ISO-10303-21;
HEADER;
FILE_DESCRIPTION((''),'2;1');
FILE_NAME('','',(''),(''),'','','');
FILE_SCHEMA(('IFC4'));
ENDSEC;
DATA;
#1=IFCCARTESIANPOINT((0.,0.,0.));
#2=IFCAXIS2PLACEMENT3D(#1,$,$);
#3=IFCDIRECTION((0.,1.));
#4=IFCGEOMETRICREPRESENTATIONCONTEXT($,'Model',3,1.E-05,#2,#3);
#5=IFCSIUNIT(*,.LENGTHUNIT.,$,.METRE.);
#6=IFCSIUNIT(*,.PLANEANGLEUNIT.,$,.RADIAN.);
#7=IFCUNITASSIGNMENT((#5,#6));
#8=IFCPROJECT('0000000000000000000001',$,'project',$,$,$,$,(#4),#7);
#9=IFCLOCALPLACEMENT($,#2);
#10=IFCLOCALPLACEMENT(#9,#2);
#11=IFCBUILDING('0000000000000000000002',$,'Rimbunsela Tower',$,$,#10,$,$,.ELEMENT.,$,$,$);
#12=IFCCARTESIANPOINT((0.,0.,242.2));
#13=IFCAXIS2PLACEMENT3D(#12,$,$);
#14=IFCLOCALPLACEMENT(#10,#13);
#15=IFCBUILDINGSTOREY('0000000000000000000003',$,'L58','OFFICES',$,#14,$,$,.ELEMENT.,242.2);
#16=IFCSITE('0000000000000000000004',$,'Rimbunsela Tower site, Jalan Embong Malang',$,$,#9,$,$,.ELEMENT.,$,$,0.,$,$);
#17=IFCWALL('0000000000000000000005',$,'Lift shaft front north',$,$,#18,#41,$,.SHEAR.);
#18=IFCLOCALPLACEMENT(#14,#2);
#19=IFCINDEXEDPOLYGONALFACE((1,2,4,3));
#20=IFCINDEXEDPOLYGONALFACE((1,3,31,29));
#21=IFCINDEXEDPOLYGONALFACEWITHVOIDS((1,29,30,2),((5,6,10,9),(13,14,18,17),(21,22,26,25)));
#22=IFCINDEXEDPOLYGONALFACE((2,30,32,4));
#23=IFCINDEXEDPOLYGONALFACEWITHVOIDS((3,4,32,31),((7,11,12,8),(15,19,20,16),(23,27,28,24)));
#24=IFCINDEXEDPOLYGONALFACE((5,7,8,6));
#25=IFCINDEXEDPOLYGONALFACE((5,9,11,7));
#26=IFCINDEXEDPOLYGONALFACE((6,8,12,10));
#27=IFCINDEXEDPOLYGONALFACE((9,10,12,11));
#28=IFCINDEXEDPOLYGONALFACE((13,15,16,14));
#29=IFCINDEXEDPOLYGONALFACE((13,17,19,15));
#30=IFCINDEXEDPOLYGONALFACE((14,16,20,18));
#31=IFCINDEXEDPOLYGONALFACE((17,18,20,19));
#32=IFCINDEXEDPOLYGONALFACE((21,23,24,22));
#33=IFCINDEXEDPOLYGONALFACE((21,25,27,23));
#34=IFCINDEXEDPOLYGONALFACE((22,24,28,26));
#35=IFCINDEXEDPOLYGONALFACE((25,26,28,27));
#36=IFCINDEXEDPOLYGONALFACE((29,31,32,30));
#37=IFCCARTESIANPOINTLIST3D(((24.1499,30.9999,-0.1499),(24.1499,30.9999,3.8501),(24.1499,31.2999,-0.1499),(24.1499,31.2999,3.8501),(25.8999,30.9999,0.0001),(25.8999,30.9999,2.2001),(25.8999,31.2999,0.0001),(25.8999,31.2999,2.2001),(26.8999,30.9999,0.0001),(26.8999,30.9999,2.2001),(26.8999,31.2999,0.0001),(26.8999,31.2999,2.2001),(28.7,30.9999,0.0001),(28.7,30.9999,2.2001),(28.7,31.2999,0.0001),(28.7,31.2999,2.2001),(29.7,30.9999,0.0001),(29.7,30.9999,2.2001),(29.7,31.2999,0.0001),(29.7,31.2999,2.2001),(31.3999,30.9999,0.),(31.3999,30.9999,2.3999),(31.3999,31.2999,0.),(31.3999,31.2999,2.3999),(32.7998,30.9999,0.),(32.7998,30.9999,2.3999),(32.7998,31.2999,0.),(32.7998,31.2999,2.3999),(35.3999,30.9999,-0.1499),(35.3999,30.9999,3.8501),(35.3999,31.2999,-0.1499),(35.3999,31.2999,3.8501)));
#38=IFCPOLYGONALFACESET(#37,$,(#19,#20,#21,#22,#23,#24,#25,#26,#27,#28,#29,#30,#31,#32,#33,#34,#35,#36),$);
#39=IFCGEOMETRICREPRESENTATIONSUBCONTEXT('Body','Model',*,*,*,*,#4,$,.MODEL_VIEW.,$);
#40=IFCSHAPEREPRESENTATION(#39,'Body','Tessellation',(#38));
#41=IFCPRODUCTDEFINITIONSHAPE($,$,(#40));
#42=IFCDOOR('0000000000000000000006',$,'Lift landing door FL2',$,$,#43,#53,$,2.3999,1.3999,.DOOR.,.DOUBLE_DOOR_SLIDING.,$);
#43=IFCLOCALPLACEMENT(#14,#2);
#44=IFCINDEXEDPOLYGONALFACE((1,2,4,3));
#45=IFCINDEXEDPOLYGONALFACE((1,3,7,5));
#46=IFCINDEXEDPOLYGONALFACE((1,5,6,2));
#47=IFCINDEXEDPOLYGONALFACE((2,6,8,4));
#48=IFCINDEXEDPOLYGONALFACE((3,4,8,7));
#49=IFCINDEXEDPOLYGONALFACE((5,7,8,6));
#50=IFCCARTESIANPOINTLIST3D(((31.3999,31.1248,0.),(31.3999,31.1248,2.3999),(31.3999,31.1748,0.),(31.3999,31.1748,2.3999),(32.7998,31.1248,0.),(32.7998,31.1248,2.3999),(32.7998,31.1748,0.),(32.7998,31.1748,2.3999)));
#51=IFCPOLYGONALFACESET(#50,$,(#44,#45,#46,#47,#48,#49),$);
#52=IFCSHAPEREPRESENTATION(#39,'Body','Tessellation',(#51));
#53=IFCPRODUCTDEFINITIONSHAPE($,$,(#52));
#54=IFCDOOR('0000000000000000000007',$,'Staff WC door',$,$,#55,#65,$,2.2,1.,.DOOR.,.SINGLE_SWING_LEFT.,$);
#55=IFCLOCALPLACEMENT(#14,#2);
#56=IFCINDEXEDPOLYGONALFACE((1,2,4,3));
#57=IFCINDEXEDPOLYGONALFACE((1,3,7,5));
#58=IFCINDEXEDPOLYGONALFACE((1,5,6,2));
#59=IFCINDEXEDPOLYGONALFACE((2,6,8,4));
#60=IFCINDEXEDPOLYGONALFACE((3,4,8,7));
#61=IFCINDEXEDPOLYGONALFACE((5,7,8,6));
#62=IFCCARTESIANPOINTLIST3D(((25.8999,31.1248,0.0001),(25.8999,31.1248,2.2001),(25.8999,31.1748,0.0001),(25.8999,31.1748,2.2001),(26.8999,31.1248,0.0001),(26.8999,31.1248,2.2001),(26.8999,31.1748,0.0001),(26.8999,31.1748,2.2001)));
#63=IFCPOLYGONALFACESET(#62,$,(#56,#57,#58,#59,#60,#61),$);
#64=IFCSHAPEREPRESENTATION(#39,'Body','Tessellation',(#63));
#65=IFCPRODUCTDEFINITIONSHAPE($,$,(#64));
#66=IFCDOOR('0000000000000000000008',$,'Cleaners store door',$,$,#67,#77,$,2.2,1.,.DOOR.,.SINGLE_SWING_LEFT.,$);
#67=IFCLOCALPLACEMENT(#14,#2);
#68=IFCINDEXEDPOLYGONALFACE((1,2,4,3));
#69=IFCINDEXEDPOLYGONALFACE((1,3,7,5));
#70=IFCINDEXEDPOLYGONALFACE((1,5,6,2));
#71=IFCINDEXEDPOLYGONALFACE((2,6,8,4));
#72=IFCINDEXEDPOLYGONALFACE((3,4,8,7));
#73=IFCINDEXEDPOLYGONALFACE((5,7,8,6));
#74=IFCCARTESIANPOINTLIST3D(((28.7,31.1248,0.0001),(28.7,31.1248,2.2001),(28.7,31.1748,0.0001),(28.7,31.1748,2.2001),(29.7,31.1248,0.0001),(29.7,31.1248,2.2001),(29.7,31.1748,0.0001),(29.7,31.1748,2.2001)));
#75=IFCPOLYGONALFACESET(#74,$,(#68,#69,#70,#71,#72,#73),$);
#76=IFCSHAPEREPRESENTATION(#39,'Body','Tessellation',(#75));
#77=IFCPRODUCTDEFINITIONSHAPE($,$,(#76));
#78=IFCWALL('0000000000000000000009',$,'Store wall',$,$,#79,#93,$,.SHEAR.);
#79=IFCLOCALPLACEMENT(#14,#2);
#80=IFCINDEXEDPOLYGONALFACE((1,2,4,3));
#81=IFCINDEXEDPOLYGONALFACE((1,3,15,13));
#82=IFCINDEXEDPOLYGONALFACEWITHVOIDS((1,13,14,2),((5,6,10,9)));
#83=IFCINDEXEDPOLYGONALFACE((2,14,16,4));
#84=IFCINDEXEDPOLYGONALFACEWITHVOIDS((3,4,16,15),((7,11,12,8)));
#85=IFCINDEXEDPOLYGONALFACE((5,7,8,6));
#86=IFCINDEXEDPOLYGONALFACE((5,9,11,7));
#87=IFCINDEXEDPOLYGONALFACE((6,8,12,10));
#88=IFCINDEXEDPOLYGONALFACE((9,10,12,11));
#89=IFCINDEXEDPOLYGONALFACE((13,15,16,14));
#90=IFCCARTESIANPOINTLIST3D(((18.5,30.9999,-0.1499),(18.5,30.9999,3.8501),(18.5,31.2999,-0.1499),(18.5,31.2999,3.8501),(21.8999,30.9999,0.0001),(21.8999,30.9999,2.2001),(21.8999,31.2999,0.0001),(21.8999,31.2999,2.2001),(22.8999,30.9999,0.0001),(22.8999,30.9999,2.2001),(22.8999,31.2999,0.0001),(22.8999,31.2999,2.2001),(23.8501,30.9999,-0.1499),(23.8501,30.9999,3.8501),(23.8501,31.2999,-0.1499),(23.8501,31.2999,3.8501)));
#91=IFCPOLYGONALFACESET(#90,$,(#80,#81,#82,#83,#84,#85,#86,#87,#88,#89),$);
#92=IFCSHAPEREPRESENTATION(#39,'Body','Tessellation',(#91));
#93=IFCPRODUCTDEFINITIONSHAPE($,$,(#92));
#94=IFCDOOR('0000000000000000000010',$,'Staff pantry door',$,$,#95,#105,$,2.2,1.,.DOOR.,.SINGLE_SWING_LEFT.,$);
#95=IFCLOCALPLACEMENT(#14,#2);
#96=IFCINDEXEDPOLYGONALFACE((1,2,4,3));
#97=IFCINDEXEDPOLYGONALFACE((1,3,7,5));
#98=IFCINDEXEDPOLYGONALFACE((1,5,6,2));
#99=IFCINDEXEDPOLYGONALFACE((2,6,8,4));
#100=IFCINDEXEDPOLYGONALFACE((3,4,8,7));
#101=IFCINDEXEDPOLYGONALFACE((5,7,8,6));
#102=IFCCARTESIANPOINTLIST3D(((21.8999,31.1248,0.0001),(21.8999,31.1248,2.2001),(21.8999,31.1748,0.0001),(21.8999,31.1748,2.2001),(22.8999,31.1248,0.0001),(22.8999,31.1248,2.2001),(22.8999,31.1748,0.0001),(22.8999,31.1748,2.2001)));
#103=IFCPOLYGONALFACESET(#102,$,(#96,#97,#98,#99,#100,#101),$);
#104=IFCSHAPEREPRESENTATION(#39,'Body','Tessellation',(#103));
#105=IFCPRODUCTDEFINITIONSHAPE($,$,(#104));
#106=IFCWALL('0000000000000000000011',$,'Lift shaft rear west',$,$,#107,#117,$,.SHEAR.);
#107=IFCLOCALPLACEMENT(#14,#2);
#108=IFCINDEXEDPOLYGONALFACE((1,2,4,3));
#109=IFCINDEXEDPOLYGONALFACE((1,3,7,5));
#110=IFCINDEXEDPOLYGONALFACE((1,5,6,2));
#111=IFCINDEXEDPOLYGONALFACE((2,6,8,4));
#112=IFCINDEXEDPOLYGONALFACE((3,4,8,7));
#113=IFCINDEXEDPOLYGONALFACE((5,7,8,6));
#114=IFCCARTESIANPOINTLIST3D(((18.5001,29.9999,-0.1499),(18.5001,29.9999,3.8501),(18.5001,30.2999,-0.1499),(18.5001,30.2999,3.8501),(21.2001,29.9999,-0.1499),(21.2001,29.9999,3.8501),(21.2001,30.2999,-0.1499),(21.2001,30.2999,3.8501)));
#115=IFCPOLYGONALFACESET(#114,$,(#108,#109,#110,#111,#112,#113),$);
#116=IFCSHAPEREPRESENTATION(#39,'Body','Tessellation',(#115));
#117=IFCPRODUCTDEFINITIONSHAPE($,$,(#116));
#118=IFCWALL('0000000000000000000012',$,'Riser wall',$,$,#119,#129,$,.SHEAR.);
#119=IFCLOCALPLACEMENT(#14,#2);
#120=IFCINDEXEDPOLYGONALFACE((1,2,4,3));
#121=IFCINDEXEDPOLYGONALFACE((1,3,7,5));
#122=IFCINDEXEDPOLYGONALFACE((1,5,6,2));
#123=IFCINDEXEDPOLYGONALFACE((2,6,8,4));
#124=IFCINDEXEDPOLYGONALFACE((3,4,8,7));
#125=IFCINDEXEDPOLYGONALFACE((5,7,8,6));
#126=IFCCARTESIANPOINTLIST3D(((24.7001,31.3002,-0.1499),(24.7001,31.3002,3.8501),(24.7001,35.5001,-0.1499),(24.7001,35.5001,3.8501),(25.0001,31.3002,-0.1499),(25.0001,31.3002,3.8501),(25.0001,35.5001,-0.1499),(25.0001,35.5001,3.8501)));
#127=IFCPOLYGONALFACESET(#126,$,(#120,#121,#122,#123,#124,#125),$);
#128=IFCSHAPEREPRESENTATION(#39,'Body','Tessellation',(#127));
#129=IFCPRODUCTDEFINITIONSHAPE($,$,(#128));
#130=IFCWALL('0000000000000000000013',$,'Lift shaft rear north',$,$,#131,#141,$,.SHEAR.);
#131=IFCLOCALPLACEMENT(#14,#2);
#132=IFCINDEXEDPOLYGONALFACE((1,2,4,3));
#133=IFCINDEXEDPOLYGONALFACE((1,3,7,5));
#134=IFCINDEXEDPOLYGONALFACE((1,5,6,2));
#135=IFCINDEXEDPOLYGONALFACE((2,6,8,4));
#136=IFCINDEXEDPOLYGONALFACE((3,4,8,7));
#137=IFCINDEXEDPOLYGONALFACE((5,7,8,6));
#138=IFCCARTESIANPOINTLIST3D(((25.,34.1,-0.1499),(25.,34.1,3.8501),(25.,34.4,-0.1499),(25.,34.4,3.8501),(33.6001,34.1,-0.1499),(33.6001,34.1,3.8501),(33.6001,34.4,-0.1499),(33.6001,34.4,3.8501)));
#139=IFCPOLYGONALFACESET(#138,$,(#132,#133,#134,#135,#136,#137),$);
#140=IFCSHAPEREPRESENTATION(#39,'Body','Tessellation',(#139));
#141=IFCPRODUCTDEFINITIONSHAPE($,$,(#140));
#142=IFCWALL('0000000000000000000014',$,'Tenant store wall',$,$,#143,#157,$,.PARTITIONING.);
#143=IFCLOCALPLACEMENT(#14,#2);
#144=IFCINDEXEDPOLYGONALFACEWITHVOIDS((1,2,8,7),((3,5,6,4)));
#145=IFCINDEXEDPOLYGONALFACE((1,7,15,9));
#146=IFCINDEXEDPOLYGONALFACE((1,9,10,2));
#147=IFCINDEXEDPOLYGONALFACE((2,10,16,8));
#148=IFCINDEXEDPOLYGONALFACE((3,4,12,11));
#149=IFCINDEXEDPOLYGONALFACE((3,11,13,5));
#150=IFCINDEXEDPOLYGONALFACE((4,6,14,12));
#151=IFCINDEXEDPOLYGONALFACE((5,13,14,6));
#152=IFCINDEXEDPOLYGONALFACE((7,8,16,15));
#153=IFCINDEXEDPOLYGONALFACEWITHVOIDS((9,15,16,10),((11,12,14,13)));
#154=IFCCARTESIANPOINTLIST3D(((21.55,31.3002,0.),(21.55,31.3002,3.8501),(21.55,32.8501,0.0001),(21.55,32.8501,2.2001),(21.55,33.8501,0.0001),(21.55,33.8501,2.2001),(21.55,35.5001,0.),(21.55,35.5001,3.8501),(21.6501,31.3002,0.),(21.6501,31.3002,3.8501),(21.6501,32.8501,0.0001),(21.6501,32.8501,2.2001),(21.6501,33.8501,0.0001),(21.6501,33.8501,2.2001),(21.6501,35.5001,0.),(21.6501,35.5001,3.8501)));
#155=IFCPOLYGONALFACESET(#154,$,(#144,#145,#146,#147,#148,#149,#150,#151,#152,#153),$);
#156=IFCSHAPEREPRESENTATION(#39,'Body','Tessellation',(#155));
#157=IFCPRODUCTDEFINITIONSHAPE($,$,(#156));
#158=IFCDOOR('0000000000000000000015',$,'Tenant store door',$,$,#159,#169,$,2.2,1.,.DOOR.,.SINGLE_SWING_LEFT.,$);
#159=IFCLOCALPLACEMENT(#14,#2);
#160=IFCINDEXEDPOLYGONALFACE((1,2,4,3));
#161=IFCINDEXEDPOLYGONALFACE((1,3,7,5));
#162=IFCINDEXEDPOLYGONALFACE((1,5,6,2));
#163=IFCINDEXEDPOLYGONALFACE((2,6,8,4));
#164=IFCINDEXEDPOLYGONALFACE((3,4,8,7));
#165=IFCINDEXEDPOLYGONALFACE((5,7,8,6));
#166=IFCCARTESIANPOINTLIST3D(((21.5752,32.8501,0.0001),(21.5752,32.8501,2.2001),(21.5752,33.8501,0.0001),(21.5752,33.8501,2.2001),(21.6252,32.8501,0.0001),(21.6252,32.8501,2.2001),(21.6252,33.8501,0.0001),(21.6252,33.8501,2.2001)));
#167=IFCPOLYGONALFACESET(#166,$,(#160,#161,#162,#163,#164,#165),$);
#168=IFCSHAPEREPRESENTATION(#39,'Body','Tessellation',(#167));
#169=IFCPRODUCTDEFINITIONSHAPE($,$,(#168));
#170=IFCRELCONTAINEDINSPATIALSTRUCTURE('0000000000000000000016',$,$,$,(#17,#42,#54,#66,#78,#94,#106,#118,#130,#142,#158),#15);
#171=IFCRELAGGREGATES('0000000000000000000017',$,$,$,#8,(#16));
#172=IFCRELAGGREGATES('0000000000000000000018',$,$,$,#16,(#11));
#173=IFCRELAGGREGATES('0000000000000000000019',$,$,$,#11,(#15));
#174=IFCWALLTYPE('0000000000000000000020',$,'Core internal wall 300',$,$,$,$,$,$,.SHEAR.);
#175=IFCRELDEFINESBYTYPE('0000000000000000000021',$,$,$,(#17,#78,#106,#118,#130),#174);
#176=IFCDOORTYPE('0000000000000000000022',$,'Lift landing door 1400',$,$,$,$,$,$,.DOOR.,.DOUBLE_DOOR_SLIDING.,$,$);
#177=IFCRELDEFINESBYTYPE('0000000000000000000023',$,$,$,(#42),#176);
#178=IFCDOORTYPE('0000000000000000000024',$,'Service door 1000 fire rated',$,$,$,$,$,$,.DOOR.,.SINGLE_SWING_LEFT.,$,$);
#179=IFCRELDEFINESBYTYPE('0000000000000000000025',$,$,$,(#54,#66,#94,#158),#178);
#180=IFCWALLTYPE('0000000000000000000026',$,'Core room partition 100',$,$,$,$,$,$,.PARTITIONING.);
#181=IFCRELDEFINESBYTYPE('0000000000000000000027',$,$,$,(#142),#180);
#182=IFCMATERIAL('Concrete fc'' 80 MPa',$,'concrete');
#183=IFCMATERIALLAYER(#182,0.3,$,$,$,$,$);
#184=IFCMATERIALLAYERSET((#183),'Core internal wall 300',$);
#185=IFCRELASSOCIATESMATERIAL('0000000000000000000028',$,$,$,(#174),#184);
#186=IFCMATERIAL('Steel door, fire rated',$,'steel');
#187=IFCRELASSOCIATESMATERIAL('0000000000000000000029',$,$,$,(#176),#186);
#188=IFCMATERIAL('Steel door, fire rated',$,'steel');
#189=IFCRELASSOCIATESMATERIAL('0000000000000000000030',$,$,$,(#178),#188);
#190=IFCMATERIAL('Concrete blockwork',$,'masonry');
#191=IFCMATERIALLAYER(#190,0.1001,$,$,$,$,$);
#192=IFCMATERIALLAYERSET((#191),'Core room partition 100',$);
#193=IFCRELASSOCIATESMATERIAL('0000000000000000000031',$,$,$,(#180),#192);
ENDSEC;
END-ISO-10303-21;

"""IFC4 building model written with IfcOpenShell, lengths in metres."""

from ifc_helpers import new_model, si_unit, direction, frame, frame_2d, origin, place, context, subcontext, project, spatial, rectangle, extrude, material, layer, layer_set, type_object, element, fill, save


model = new_model("IFC4")

# Units and contexts
model_context = context("Model", 3, precision=1e-05, world=origin(), true_north=direction((0.0, 1.0)))
body_context = subcontext(model_context, "Body", "Model", "MODEL_VIEW")
ifc_project = project(units=[si_unit("LENGTHUNIT", "METRE"), si_unit("PLANEANGLEUNIT", "RADIAN")], contexts=[model_context])

# Site, building, storey
site_placement = place(None, origin())
site = spatial("IfcSite", under=ifc_project, at=site_placement, Name="Rimbunsela Tower site, Jalan Embong Malang", CompositionType="ELEMENT", RefElevation=0.0)
building_placement = place(site_placement, origin())
building = spatial("IfcBuilding", under=site, at=building_placement, Name="Rimbunsela Tower", CompositionType="ELEMENT")
storey_placement = place(building_placement, frame((0.0, 0.0, 242.2)))
storey = spatial("IfcBuildingStorey", under=building, at=storey_placement, Name="L58", Description="OFFICES", CompositionType="ELEMENT", Elevation=242.2)

# Wall, openings, doors
ifc_material_1 = material(Name="Concrete fc' 80 MPa", Category="concrete")
ifc_layer_1 = layer(ifc_material_1, 0.3)
ifc_layer_set_1 = layer_set([ifc_layer_1], Name="Core internal wall 300")
wall_type_1 = type_object("IfcWallType", Name="Core internal wall 300", PredefinedType="SHEAR", material=ifc_layer_set_1)
wall_1_placement = place(storey_placement, frame((24.1499, 31.1499, -0.1499), z_axis=(0.0, 0.0, 1.0), x_axis=(1.0, 0.0, 0.0)))
wall_1 = element("IfcWall", 1, at=wall_1_placement, inside=storey, type_object=wall_type_1, Name="Lift shaft front north", PredefinedType="SHEAR", context=body_context, shape_type="SweptSolid", body=[
    extrude(rectangle(XDim=11.25, YDim=0.3, at=frame_2d((5.625, 0.0))), origin(), (0.0, 0.0, 1.0), 4.0),
])
opening_1_placement = place(wall_1_placement, frame((1.75, 0.0, 0.1499)))
opening_1 = element("IfcOpeningElement", 2, at=opening_1_placement, cuts=wall_1, PredefinedType="OPENING", context=body_context, shape_type="SweptSolid", body=[
    extrude(rectangle(XDim=1.0, YDim=2.2, at=frame_2d((0.5, 1.1001))), frame((0.0, 0.1599, 0.0), z_axis=(0.0, -1.0, 0.0), x_axis=(1.0, 0.0, 0.0)), (0.0, 0.0, 1.0), 0.3201),
])
opening_2_placement = place(wall_1_placement, frame((4.55, 0.0, 0.1499)))
opening_2 = element("IfcOpeningElement", 3, at=opening_2_placement, cuts=wall_1, PredefinedType="OPENING", context=body_context, shape_type="SweptSolid", body=[
    extrude(rectangle(XDim=1.0, YDim=2.2, at=frame_2d((0.5, 1.1001))), frame((0.0, 0.1599, 0.0), z_axis=(0.0, -1.0, 0.0), x_axis=(1.0, 0.0, 0.0)), (0.0, 0.0, 1.0), 0.3201),
])
opening_3_placement = place(wall_1_placement, frame((7.25, 0.0, 0.1499)))
opening_3 = element("IfcOpeningElement", 4, at=opening_3_placement, cuts=wall_1, PredefinedType="OPENING", context=body_context, shape_type="SweptSolid", body=[
    extrude(rectangle(XDim=1.3999, YDim=2.3999, at=frame_2d((0.7, 1.2))), frame((0.0, 0.1599, 0.0), z_axis=(0.0, -1.0, 0.0), x_axis=(1.0, 0.0, 0.0)), (0.0, 0.0, 1.0), 0.3201),
])
ifc_material_2 = material(Name="Steel door, fire rated", Category="steel")
door_type_1 = type_object("IfcDoorType", Name="Lift landing door 1400", OperationType="DOUBLE_DOOR_SLIDING", PredefinedType="DOOR", material=ifc_material_2)
door_1_placement = place(opening_3_placement, origin())
door_1 = element("IfcDoor", 5, at=door_1_placement, inside=storey, type_object=door_type_1, Name="Lift landing door FL2", OperationType="DOUBLE_DOOR_SLIDING", OverallHeight=2.3999, OverallWidth=1.3999, PredefinedType="DOOR", context=body_context, shape_type="SweptSolid", body=[
    extrude(rectangle(XDim=1.3999, YDim=2.3999, at=frame_2d((0.7, 1.2))), frame((0.0, 0.0249, 0.0), z_axis=(0.0, -1.0, 0.0), x_axis=(1.0, 0.0, 0.0)), (0.0, 0.0, 1.0), 0.05),
])
fill(opening_3, door_1)
ifc_material_3 = material(Name="Steel door, fire rated", Category="steel")
door_type_2 = type_object("IfcDoorType", Name="Service door 1000 fire rated", OperationType="SINGLE_SWING_LEFT", PredefinedType="DOOR", material=ifc_material_3)
door_2_placement = place(opening_1_placement, origin())
door_2 = element("IfcDoor", 6, at=door_2_placement, inside=storey, type_object=door_type_2, Name="Staff WC door", OperationType="SINGLE_SWING_LEFT", OverallHeight=2.2, OverallWidth=1.0, PredefinedType="DOOR", context=body_context, shape_type="SweptSolid", body=[
    extrude(rectangle(XDim=1.0, YDim=2.2, at=frame_2d((0.5, 1.1001))), frame((0.0, 0.0249, 0.0), z_axis=(0.0, -1.0, 0.0), x_axis=(1.0, 0.0, 0.0)), (0.0, 0.0, 1.0), 0.05),
])
fill(opening_1, door_2)
door_3_placement = place(opening_2_placement, origin())
door_3 = element("IfcDoor", 7, at=door_3_placement, inside=storey, type_object=door_type_2, Name="Cleaners store door", OperationType="SINGLE_SWING_LEFT", OverallHeight=2.2, OverallWidth=1.0, PredefinedType="DOOR", context=body_context, shape_type="SweptSolid", body=[
    extrude(rectangle(XDim=1.0, YDim=2.2, at=frame_2d((0.5, 1.1001))), frame((0.0, 0.0249, 0.0), z_axis=(0.0, -1.0, 0.0), x_axis=(1.0, 0.0, 0.0)), (0.0, 0.0, 1.0), 0.05),
])
fill(opening_2, door_3)

# Wall, opening, door
wall_2_placement = place(storey_placement, frame((18.5, 31.1499, -0.1499), z_axis=(0.0, 0.0, 1.0), x_axis=(1.0, 0.0, 0.0)))
wall_2 = element("IfcWall", 8, at=wall_2_placement, inside=storey, type_object=wall_type_1, Name="Store wall", PredefinedType="SHEAR", context=body_context, shape_type="SweptSolid", body=[
    extrude(rectangle(XDim=5.3501, YDim=0.3, at=frame_2d((2.675, 0.0))), origin(), (0.0, 0.0, 1.0), 4.0),
])
opening_4_placement = place(wall_2_placement, frame((3.3999, 0.0, 0.1499)))
opening_4 = element("IfcOpeningElement", 9, at=opening_4_placement, cuts=wall_2, PredefinedType="OPENING", context=body_context, shape_type="SweptSolid", body=[
    extrude(rectangle(XDim=1.0, YDim=2.2, at=frame_2d((0.5, 1.1001))), frame((0.0, 0.1599, 0.0), z_axis=(0.0, -1.0, 0.0), x_axis=(1.0, 0.0, 0.0)), (0.0, 0.0, 1.0), 0.3201),
])
door_4_placement = place(opening_4_placement, origin())
door_4 = element("IfcDoor", 10, at=door_4_placement, inside=storey, type_object=door_type_2, Name="Staff pantry door", OperationType="SINGLE_SWING_LEFT", OverallHeight=2.2, OverallWidth=1.0, PredefinedType="DOOR", context=body_context, shape_type="SweptSolid", body=[
    extrude(rectangle(XDim=1.0, YDim=2.2, at=frame_2d((0.5, 1.1001))), frame((0.0, 0.0249, 0.0), z_axis=(0.0, -1.0, 0.0), x_axis=(1.0, 0.0, 0.0)), (0.0, 0.0, 1.0), 0.05),
])
fill(opening_4, door_4)

# Walls
wall_3_placement = place(storey_placement, frame((18.5, 30.1499, -0.1499), z_axis=(0.0, 0.0, 1.0), x_axis=(1.0, 0.0, 0.0)))
element("IfcWall", 11, at=wall_3_placement, inside=storey, type_object=wall_type_1, Name="Lift shaft rear west", PredefinedType="SHEAR", context=body_context, shape_type="SweptSolid", body=[
    extrude(rectangle(XDim=2.7, YDim=0.3, at=frame_2d((1.3501, 0.0))), origin(), (0.0, 0.0, 1.0), 4.0),
])
wall_4_placement = place(storey_placement, frame((24.8501, 31.3, -0.1499), z_axis=(0.0, 0.0, 1.0), x_axis=(0.0, 1.0, 0.0)))
element("IfcWall", 12, at=wall_4_placement, inside=storey, type_object=wall_type_1, Name="Riser wall", PredefinedType="SHEAR", context=body_context, shape_type="SweptSolid", body=[
    extrude(rectangle(XDim=4.2, YDim=0.3, at=frame_2d((2.1001, 0.0))), origin(), (0.0, 0.0, 1.0), 4.0),
])
wall_5_placement = place(storey_placement, frame((25.0, 34.25, -0.1499), z_axis=(0.0, 0.0, 1.0), x_axis=(1.0, 0.0, 0.0)))
element("IfcWall", 13, at=wall_5_placement, inside=storey, type_object=wall_type_1, Name="Lift shaft rear north", PredefinedType="SHEAR", context=body_context, shape_type="SweptSolid", body=[
    extrude(rectangle(XDim=8.6001, YDim=0.3, at=frame_2d((4.3, 0.0))), origin(), (0.0, 0.0, 1.0), 4.0),
])

# Wall, opening, door
ifc_material_4 = material(Name="Concrete blockwork", Category="masonry")
ifc_layer_2 = layer(ifc_material_4, 0.1001)
ifc_layer_set_2 = layer_set([ifc_layer_2], Name="Core room partition 100")
wall_type_2 = type_object("IfcWallType", Name="Core room partition 100", PredefinedType="PARTITIONING", material=ifc_layer_set_2)
wall_6_placement = place(storey_placement, frame((21.6001, 31.3, 0.0), z_axis=(0.0, 0.0, 1.0), x_axis=(0.0, 1.0, 0.0)))
wall_6 = element("IfcWall", 14, at=wall_6_placement, inside=storey, type_object=wall_type_2, Name="Tenant store wall", PredefinedType="PARTITIONING", context=body_context, shape_type="SweptSolid", body=[
    extrude(rectangle(XDim=4.2, YDim=0.1001, at=frame_2d((2.1001, 0.0))), origin(), (0.0, 0.0, 1.0), 3.8501),
])
opening_5_placement = place(wall_6_placement, frame((1.55, 0.0, 0.0)))
opening_5 = element("IfcOpeningElement", 15, at=opening_5_placement, cuts=wall_6, PredefinedType="OPENING", context=body_context, shape_type="SweptSolid", body=[
    extrude(rectangle(XDim=1.0, YDim=2.2, at=frame_2d((0.5, 1.1001))), frame((0.0, 0.0601, 0.0), z_axis=(0.0, -1.0, 0.0), x_axis=(1.0, 0.0, 0.0)), (0.0, 0.0, 1.0), 0.1201),
])
door_5_placement = place(opening_5_placement, origin())
door_5 = element("IfcDoor", 16, at=door_5_placement, inside=storey, type_object=door_type_2, Name="Tenant store door", OperationType="SINGLE_SWING_LEFT", OverallHeight=2.2, OverallWidth=1.0, PredefinedType="DOOR", context=body_context, shape_type="SweptSolid", body=[
    extrude(rectangle(XDim=1.0, YDim=2.2, at=frame_2d((0.5, 1.1001))), frame((0.0, 0.0249, 0.0), z_axis=(0.0, -1.0, 0.0), x_axis=(1.0, 0.0, 0.0)), (0.0, 0.0, 1.0), 0.05),
])
fill(opening_5, door_5)

save(model, "model.ifc")
